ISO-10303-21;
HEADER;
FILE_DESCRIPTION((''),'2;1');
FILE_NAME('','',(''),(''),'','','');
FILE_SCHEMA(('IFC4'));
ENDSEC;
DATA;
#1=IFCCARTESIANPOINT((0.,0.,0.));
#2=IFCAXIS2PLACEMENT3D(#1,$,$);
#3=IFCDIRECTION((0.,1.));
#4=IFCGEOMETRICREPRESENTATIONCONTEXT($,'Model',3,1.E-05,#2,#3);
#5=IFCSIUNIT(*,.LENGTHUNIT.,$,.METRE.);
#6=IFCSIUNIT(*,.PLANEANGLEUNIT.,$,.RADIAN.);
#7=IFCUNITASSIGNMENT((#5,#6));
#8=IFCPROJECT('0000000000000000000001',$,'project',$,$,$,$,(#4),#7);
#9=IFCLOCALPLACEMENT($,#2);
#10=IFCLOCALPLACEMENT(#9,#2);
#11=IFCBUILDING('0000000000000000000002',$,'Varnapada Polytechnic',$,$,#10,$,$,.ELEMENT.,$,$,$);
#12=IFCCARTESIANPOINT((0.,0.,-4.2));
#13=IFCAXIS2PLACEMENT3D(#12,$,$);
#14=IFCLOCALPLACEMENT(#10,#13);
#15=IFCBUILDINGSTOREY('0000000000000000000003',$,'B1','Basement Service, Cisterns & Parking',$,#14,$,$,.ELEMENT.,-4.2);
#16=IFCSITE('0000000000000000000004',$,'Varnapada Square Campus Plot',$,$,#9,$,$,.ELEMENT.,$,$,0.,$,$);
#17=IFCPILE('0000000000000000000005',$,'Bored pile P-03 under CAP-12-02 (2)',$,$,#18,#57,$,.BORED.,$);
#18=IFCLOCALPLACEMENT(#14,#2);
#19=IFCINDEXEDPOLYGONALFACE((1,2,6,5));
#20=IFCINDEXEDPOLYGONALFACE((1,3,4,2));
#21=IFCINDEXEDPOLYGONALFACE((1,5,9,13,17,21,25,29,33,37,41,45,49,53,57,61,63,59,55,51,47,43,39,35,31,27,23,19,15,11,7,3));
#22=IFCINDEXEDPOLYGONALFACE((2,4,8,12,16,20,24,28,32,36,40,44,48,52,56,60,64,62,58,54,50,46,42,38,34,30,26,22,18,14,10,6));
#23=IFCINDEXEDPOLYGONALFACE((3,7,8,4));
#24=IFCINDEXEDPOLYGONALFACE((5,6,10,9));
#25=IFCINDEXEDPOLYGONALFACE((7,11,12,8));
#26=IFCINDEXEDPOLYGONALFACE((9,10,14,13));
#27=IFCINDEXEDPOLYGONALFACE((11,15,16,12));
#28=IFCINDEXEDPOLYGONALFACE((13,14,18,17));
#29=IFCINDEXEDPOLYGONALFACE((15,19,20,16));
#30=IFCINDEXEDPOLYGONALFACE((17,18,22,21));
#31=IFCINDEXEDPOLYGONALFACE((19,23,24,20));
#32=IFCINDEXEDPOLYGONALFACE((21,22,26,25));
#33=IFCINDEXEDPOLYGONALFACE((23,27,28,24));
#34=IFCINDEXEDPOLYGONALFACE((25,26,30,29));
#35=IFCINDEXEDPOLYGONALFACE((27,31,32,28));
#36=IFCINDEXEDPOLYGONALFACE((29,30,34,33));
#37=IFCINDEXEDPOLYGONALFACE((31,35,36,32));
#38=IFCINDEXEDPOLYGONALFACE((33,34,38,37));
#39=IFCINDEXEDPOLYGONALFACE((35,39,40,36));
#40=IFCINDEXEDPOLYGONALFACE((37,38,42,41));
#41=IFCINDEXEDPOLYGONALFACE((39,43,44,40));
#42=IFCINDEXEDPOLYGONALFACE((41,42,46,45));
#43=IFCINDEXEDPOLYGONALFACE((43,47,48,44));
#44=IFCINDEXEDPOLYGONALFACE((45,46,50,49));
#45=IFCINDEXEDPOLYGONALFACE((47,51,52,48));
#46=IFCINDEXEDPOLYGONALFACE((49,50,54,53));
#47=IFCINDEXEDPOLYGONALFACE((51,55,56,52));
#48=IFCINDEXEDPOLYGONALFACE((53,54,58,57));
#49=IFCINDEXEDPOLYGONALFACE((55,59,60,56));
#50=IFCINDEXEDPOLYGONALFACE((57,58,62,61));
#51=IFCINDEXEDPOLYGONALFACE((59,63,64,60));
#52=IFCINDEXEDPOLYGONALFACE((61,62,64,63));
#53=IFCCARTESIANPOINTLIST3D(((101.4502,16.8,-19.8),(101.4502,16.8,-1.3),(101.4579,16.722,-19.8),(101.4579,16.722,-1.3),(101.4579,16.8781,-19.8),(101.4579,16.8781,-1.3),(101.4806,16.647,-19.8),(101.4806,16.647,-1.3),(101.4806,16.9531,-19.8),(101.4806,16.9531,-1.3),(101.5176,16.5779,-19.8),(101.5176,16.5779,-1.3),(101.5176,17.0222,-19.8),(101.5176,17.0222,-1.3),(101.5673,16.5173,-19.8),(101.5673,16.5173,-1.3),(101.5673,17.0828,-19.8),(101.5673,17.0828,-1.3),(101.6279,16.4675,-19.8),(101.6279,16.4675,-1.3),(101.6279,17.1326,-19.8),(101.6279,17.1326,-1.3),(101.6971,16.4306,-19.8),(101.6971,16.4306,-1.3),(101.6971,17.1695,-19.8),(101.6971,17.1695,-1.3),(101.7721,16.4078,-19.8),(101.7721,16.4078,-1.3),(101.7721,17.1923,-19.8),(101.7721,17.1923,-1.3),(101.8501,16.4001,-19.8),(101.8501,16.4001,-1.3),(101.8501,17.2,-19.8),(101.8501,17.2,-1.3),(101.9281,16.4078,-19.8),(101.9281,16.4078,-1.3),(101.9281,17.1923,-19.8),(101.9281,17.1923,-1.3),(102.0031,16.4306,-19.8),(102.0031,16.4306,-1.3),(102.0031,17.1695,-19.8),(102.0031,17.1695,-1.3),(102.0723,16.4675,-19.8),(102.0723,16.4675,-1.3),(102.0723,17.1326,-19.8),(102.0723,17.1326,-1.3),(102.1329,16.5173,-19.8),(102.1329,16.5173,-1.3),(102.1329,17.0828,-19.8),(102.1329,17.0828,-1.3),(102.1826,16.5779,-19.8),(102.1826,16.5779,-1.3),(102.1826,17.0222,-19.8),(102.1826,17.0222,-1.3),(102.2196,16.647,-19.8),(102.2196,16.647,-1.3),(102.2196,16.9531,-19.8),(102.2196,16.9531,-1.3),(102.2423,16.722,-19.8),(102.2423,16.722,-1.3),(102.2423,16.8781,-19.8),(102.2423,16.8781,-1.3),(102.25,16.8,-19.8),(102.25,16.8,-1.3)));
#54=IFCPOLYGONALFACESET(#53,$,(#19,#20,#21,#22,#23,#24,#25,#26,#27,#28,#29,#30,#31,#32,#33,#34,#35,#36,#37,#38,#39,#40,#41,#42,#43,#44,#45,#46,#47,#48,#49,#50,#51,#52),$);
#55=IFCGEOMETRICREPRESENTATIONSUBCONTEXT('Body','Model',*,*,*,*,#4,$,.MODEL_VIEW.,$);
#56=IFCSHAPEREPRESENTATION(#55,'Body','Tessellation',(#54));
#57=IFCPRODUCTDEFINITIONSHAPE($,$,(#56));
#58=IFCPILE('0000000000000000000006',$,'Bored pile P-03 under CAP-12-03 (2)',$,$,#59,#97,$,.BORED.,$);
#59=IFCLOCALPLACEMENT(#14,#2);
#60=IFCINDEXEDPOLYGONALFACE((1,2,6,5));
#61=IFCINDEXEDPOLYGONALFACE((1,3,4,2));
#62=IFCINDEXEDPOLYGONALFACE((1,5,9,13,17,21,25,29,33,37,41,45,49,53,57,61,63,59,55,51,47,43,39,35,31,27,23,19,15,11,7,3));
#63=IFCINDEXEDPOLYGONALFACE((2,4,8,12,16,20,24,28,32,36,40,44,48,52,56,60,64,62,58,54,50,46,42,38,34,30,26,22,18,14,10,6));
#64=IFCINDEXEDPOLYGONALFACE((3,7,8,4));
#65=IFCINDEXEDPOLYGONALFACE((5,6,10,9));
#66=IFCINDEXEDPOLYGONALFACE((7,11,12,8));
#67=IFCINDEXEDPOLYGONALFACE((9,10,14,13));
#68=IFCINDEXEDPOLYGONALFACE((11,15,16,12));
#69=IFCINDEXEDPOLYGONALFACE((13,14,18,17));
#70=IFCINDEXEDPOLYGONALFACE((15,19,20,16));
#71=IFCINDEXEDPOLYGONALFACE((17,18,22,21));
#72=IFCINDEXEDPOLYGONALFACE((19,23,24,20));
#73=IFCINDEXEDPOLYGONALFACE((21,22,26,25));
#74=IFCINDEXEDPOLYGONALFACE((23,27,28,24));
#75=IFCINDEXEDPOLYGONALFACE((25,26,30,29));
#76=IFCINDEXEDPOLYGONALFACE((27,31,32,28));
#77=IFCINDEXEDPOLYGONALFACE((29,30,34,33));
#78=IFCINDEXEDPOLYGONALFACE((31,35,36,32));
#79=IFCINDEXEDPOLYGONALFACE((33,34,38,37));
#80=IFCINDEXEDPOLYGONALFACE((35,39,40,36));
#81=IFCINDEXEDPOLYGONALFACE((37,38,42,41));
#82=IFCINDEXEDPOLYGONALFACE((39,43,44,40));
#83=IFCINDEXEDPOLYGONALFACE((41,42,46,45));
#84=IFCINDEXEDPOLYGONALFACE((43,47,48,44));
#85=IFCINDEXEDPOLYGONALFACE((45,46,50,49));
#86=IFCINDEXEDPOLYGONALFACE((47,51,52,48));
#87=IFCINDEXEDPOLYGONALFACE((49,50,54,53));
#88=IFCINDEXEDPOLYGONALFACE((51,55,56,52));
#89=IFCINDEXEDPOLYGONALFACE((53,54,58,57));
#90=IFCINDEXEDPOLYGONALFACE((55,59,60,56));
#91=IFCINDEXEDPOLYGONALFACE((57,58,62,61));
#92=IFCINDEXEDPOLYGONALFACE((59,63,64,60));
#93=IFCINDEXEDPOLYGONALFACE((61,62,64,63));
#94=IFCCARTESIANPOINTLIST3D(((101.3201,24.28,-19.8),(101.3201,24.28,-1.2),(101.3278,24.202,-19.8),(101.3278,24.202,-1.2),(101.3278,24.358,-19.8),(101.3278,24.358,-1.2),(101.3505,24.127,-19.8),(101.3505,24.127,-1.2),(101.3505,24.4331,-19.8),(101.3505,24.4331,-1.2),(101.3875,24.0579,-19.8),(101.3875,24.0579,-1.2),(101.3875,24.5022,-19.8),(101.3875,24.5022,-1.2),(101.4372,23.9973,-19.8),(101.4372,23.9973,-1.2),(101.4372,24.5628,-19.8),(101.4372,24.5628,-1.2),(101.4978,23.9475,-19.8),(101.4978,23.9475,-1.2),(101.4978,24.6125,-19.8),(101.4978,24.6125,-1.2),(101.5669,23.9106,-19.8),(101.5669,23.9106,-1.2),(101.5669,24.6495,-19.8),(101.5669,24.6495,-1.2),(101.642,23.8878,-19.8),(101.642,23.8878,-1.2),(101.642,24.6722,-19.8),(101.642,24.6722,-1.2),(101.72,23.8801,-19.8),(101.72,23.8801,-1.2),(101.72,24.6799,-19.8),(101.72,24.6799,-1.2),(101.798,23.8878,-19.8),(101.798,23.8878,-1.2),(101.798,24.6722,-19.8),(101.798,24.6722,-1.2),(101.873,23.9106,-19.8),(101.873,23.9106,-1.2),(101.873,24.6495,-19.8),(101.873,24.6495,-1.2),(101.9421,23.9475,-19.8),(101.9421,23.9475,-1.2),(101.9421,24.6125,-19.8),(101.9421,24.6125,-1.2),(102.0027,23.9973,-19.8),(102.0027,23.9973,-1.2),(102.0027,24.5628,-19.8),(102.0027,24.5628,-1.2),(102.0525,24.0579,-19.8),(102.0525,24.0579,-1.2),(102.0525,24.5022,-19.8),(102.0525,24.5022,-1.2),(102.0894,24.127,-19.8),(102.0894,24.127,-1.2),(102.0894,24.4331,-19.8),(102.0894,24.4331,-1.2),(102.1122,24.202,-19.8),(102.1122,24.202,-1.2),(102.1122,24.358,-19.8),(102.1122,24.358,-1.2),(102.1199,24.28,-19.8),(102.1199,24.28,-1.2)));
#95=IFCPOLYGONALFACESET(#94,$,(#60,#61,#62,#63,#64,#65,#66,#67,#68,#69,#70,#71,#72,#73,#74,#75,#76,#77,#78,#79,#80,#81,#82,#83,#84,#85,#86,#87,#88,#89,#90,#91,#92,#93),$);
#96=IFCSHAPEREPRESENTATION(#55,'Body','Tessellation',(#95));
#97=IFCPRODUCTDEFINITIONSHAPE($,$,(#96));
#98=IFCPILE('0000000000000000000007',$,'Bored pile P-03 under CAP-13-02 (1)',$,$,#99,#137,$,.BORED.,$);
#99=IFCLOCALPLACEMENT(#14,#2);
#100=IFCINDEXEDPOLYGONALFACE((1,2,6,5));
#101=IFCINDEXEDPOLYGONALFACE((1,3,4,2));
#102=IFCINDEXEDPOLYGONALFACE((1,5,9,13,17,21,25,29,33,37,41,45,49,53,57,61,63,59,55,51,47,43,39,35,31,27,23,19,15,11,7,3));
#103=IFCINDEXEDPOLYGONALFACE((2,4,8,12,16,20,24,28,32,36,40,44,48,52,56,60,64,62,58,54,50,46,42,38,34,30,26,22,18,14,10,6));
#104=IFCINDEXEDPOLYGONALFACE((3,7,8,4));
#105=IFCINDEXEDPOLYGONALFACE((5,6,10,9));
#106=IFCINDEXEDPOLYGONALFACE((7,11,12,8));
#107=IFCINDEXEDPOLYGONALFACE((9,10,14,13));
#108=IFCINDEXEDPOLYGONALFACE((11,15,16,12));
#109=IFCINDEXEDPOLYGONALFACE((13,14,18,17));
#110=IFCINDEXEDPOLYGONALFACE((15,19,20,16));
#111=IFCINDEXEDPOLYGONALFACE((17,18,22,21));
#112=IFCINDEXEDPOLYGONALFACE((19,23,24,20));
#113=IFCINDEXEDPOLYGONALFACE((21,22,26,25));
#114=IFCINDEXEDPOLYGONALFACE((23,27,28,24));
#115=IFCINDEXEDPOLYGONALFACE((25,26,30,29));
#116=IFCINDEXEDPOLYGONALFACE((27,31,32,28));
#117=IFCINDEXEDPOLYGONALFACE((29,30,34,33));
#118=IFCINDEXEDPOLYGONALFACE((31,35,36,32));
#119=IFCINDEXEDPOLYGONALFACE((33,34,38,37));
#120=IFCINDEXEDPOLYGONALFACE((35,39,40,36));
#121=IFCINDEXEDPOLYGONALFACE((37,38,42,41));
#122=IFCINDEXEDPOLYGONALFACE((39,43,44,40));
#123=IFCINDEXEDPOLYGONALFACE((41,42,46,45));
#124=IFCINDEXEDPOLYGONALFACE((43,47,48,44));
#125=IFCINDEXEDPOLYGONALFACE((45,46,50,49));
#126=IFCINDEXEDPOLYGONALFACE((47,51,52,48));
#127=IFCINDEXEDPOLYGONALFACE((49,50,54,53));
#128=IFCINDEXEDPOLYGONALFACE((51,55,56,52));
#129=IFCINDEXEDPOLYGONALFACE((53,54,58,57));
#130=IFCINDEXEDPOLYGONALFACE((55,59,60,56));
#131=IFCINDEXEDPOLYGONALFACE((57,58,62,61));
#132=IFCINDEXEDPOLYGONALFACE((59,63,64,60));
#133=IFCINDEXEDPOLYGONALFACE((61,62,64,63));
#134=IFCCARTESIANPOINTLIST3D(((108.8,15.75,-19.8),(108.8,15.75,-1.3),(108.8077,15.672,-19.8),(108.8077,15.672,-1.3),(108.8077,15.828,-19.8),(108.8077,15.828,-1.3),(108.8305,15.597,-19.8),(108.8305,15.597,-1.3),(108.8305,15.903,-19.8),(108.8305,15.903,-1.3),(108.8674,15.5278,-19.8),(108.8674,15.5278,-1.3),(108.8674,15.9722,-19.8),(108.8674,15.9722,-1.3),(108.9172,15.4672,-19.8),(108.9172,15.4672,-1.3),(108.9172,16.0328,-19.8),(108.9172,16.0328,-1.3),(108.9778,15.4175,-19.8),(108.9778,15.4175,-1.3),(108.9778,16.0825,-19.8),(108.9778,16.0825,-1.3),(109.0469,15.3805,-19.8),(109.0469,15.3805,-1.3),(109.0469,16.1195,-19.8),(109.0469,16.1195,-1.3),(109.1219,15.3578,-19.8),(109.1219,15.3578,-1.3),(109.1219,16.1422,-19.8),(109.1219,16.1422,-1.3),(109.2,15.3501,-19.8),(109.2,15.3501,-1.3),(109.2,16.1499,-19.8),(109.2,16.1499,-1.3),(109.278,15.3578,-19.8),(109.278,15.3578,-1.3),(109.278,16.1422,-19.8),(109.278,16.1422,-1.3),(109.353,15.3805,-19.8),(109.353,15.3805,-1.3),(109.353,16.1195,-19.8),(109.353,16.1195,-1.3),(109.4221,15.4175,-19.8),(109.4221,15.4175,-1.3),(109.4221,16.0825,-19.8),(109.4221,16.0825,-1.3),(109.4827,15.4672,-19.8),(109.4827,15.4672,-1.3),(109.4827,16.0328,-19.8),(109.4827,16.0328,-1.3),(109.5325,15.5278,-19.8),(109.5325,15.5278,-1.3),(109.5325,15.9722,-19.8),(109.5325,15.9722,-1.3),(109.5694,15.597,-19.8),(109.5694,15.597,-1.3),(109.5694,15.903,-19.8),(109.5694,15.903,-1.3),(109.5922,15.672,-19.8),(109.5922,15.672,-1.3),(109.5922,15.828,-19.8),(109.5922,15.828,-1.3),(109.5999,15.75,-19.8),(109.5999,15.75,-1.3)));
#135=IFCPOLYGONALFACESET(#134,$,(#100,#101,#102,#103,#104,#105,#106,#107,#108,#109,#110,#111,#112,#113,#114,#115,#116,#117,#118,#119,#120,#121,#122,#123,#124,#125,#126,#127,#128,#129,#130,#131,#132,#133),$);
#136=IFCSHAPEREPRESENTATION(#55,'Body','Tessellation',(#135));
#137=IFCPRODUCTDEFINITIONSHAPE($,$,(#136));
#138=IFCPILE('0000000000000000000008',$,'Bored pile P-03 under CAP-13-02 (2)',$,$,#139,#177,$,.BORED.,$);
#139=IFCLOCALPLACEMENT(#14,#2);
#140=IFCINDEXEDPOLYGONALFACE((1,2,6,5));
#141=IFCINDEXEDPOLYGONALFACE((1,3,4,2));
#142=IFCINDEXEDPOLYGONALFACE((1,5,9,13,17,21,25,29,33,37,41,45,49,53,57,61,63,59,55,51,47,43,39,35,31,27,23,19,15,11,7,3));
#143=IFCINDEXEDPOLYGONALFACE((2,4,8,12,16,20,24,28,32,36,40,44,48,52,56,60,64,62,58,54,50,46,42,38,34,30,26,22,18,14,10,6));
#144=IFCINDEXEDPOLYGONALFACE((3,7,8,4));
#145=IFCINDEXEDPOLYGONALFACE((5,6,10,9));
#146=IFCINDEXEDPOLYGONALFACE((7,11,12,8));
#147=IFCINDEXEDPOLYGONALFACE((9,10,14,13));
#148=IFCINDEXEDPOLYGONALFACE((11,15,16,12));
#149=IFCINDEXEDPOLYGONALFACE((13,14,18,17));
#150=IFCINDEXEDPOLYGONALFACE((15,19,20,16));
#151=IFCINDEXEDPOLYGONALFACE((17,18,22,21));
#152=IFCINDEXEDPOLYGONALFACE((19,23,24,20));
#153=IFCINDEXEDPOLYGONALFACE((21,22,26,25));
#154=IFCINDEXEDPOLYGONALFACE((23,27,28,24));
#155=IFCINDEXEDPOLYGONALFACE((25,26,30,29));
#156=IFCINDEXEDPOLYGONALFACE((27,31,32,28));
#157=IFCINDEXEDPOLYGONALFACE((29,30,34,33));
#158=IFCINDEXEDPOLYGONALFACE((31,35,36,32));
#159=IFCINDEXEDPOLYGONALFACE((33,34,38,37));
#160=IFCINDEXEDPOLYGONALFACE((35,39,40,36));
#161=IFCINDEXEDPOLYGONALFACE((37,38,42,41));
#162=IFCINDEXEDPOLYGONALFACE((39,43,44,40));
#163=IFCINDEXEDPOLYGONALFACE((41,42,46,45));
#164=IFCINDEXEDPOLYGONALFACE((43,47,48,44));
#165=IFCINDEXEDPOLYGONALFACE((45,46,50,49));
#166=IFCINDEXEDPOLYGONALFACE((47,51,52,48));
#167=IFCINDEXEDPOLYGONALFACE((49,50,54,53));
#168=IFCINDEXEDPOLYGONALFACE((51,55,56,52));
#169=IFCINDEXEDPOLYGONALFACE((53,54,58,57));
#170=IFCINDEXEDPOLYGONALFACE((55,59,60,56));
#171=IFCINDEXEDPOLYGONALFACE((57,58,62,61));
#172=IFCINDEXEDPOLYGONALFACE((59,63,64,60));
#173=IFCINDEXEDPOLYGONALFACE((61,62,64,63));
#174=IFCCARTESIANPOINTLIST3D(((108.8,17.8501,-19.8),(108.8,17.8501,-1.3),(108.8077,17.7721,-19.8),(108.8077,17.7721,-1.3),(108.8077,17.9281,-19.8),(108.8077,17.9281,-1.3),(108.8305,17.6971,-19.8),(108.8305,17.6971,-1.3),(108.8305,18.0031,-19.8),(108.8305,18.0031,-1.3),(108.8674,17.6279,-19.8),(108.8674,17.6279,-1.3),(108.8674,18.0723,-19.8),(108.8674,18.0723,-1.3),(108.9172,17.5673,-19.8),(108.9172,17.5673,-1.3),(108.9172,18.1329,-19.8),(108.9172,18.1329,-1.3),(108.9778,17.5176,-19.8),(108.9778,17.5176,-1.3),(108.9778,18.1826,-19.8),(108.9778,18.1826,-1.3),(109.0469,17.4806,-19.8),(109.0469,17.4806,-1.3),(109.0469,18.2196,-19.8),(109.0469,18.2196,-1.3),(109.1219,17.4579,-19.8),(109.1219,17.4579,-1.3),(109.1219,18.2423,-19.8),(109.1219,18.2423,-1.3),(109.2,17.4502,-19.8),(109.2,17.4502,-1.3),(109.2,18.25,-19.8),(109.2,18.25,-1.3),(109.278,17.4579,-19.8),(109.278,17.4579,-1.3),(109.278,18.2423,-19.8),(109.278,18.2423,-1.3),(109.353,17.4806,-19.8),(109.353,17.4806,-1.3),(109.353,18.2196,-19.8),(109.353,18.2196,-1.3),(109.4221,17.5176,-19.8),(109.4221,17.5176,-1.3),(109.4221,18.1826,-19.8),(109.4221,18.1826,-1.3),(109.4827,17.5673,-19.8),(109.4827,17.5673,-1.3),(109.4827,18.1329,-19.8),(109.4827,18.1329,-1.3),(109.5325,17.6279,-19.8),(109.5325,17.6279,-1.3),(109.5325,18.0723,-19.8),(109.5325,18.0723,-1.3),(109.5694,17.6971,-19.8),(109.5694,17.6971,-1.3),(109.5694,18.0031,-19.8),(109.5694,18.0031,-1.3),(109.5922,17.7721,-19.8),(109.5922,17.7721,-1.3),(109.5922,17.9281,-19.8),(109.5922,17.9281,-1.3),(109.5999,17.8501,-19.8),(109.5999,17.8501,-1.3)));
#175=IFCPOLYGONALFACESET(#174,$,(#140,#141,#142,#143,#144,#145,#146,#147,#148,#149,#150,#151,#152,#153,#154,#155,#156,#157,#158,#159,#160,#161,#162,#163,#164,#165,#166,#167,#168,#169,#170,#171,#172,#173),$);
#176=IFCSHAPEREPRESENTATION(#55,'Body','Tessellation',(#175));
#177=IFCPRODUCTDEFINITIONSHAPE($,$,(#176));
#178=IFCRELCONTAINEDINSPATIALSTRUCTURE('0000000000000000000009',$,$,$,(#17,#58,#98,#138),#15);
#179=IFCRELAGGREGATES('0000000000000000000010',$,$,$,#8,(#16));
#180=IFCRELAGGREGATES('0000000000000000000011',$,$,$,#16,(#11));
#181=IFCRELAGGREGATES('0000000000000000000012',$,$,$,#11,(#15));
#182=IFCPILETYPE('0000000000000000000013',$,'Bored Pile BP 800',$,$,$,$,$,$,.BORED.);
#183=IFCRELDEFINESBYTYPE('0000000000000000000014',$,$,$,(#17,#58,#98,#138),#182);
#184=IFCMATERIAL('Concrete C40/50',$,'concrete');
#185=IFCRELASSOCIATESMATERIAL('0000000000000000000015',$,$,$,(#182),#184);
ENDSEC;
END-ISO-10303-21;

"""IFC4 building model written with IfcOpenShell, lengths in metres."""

from ifc_helpers import new_model, si_unit, direction, frame, origin, origin_2d, place, context, subcontext, project, spatial, circle, extrude, material, material_profile, profile_set, type_object, element, save


model = new_model("IFC4")

# Units and contexts
model_context = context("Model", 3, precision=1e-05, world=origin(), true_north=direction((0.0, 1.0)))
body_context = subcontext(model_context, "Body", "Model", "MODEL_VIEW")
ifc_project = project(units=[si_unit("LENGTHUNIT", "METRE"), si_unit("PLANEANGLEUNIT", "RADIAN")], contexts=[model_context])

# Site, building, storey
site_placement = place(None, origin())
site = spatial("IfcSite", under=ifc_project, at=site_placement, Name="Varnapada Square Campus Plot", CompositionType="ELEMENT", RefElevation=0.0)
building_placement = place(site_placement, origin())
building = spatial("IfcBuilding", under=site, at=building_placement, Name="Varnapada Polytechnic", CompositionType="ELEMENT")
storey_placement = place(building_placement, frame((0.0, 0.0, -4.2)))
storey = spatial("IfcBuildingStorey", under=building, at=storey_placement, Name="B1", Description="Basement Service, Cisterns & Parking", CompositionType="ELEMENT", Elevation=-4.2)

# Piles
ifc_material_1 = material(Name="Concrete C40/50", Category="concrete")
ifc_material_profile_1 = material_profile(ifc_material_1, circle(Radius=0.3999, at=origin_2d()), Name="BP 800")
ifc_profile_set_1 = profile_set([ifc_material_profile_1], Name="Concrete C40/50")
pile_type = type_object("IfcPileType", Name="Bored Pile BP 800", PredefinedType="BORED", material=ifc_profile_set_1)
pile_1_placement = place(storey_placement, frame((101.8501, 16.8, -1.3), z_axis=(0.0, 0.0, -1.0), x_axis=(1.0, 0.0, 0.0)))
element("IfcPile", 1, at=pile_1_placement, inside=storey, type_object=pile_type, Name="Bored pile P-03 under CAP-12-02 (2)", PredefinedType="BORED", context=body_context, shape_type="SweptSolid", body=[
    extrude(circle(Radius=0.3999, at=origin_2d()), origin(), (0.0, 0.0, 1.0), 18.5),
])
pile_2_placement = place(storey_placement, frame((101.72, 24.28, -1.2), z_axis=(0.0, 0.0, -1.0), x_axis=(1.0, 0.0, 0.0)))
element("IfcPile", 2, at=pile_2_placement, inside=storey, type_object=pile_type, Name="Bored pile P-03 under CAP-12-03 (2)", PredefinedType="BORED", context=body_context, shape_type="SweptSolid", body=[
    extrude(circle(Radius=0.3999, at=origin_2d()), origin(), (0.0, 0.0, 1.0), 18.6001),
])
for number, where, z_axis, x_axis, name in (
    (3, (109.2, 15.75, -1.3), (0.0, 0.0, -1.0), (1.0, 0.0, 0.0), "Bored pile P-03 under CAP-13-02 (1)"),
    (4, (109.2, 17.8501, -1.3), (0.0, 0.0, -1.0), (1.0, 0.0, 0.0), "Bored pile P-03 under CAP-13-02 (2)"),
):
    element("IfcPile", number, at=place(storey_placement, frame(where, z_axis=z_axis, x_axis=x_axis)), inside=storey, type_object=pile_type, Name=name, PredefinedType="BORED", context=body_context, shape_type="SweptSolid", body=[
        extrude(circle(Radius=0.3999, at=origin_2d()), origin(), (0.0, 0.0, 1.0), 18.5),
    ])

save(model, "model.ifc")
